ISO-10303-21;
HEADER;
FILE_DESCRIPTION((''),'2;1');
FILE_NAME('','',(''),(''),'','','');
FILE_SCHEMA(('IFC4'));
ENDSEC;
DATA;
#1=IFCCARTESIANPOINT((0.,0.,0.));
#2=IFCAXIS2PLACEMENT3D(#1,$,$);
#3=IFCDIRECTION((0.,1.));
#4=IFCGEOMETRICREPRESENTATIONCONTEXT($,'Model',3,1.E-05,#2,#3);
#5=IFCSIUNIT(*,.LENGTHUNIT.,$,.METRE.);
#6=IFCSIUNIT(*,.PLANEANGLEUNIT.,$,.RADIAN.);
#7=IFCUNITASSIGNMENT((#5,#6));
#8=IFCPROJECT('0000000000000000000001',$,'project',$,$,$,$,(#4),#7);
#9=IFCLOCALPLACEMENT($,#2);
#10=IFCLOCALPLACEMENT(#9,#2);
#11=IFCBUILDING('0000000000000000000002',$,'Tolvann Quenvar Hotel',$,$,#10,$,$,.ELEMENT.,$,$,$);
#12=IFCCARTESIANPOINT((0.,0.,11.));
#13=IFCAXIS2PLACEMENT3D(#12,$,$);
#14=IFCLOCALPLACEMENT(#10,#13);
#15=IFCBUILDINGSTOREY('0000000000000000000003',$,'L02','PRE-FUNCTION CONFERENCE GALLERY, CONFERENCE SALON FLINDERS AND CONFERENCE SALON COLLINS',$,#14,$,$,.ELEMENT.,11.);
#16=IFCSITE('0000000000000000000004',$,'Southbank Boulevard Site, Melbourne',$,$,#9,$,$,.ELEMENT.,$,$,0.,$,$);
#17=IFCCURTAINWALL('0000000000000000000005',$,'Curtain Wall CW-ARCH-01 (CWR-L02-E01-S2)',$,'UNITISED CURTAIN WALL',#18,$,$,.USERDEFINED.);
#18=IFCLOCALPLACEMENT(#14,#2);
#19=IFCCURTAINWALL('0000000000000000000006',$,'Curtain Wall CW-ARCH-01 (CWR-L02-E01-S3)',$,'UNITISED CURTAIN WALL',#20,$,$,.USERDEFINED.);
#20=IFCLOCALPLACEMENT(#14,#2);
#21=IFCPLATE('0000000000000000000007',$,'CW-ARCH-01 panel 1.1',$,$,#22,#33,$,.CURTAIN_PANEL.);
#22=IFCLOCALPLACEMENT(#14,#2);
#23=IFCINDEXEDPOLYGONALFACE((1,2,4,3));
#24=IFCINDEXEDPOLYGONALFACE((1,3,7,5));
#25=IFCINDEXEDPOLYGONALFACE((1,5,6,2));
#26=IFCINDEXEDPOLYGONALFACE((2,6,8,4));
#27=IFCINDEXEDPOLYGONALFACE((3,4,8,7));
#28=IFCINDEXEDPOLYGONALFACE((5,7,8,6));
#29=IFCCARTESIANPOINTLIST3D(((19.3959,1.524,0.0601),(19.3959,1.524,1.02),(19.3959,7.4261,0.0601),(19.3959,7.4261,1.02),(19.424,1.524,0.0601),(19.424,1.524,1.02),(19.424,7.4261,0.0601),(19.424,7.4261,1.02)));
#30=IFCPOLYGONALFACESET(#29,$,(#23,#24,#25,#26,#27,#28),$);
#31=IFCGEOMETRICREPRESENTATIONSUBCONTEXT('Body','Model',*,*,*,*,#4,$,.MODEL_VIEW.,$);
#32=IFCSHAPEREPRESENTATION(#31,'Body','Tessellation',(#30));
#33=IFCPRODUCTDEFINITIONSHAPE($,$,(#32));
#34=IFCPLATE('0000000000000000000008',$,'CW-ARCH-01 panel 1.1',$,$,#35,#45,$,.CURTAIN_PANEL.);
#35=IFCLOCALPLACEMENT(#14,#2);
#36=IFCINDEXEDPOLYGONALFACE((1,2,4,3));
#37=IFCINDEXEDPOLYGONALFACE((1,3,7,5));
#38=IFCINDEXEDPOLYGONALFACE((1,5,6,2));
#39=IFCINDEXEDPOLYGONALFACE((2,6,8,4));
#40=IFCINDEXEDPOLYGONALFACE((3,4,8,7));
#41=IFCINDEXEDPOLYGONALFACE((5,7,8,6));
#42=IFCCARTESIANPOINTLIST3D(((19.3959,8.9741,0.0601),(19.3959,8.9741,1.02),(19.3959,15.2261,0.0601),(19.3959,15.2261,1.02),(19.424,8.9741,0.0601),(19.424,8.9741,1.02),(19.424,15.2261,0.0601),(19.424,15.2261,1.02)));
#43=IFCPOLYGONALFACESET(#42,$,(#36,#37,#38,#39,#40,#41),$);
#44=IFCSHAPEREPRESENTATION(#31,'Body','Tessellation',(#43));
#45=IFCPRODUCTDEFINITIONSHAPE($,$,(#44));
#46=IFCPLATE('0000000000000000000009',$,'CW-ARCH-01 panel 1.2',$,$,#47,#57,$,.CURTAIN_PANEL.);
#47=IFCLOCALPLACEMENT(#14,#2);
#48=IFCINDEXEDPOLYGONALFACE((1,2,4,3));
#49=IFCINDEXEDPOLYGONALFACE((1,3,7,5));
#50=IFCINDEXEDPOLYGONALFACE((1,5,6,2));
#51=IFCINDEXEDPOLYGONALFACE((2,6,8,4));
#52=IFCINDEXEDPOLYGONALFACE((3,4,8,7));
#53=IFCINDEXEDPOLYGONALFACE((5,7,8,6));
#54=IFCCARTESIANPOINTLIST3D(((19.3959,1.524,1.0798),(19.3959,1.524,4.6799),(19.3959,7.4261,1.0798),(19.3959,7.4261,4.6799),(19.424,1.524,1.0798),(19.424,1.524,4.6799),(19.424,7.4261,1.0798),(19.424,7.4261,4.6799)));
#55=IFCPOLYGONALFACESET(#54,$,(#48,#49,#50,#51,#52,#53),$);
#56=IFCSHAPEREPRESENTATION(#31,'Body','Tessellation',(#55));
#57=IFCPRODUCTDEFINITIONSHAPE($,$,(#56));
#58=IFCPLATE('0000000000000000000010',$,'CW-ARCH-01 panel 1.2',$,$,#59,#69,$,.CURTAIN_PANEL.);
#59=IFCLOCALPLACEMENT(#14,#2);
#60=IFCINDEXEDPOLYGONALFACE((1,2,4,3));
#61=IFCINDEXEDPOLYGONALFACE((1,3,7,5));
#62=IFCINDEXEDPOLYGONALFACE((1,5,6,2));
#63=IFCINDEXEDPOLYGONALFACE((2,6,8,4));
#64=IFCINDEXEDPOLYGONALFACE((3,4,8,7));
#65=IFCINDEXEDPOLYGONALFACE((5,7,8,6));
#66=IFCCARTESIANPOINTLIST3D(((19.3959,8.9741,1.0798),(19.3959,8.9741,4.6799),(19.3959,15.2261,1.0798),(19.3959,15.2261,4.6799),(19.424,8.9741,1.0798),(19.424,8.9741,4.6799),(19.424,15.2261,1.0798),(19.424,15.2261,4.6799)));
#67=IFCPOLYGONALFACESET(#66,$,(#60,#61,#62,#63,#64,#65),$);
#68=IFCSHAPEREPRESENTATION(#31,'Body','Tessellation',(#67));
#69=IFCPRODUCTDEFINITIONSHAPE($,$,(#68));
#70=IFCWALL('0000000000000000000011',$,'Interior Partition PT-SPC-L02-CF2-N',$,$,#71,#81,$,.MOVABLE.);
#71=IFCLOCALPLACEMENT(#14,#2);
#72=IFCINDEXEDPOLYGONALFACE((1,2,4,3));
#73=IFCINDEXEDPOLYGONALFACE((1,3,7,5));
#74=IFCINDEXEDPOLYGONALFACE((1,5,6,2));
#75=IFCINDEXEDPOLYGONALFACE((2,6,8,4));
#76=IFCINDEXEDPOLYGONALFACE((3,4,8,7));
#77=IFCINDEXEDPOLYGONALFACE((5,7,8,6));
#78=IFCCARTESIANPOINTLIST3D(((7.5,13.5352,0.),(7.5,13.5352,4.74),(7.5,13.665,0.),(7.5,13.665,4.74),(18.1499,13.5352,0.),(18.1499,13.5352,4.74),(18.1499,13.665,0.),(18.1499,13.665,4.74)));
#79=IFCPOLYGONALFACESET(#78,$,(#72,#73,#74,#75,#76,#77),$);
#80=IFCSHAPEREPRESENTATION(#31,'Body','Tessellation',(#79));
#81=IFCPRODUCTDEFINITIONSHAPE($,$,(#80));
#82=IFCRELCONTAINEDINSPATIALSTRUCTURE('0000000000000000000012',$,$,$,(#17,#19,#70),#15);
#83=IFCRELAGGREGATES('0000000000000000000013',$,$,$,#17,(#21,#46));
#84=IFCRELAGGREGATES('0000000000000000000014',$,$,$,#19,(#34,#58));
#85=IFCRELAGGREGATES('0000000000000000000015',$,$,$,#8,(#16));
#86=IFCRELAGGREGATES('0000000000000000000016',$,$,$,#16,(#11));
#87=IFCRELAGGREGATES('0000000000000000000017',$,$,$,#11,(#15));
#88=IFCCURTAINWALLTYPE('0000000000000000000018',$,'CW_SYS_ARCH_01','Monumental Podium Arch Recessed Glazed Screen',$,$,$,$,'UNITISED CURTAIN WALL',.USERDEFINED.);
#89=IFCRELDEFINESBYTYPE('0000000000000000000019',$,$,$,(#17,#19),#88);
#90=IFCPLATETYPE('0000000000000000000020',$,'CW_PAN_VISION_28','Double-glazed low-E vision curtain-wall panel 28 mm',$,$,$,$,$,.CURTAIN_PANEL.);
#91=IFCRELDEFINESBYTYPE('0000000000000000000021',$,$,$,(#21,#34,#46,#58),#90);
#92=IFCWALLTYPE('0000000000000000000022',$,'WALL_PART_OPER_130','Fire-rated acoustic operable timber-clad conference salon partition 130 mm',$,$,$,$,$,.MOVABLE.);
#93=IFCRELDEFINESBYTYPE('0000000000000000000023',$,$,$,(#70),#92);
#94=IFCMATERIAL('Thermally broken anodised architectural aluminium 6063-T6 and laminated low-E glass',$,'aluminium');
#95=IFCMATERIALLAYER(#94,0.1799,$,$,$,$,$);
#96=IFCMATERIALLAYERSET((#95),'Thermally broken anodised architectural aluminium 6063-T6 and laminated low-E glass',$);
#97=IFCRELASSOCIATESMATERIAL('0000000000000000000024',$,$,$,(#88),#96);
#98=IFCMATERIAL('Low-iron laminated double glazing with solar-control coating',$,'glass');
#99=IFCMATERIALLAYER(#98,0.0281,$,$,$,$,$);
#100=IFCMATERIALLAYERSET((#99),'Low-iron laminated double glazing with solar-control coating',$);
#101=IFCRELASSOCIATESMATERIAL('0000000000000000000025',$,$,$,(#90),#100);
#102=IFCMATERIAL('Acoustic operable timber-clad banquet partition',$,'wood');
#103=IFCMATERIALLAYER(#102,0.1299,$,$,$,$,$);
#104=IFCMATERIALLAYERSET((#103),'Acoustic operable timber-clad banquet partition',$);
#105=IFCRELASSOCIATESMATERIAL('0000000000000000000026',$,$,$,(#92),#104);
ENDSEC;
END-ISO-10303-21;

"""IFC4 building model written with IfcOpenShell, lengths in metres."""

from ifc_helpers import new_model, si_unit, direction, frame, frame_2d, origin, origin_2d, place, context, subcontext, project, spatial, rectangle, extrude, source, transform, mapped, material, layer, layer_set, type_object, type_shapes, element, aggregate, save


model = new_model("IFC4")

# Units and contexts
model_context = context("Model", 3, precision=1e-05, world=origin(), true_north=direction((0.0, 1.0)))
body_context = subcontext(model_context, "Body", "Model", "MODEL_VIEW")
ifc_project = project(units=[si_unit("LENGTHUNIT", "METRE"), si_unit("PLANEANGLEUNIT", "RADIAN")], contexts=[model_context])

# Site, building, storey
site_placement = place(None, origin())
site = spatial("IfcSite", under=ifc_project, at=site_placement, Name="Southbank Boulevard Site, Melbourne", CompositionType="ELEMENT", RefElevation=0.0)
building_placement = place(site_placement, origin())
building = spatial("IfcBuilding", under=site, at=building_placement, Name="Tolvann Quenvar Hotel", CompositionType="ELEMENT")
storey_placement = place(building_placement, frame((0.0, 0.0, 11.0)))
storey = spatial("IfcBuildingStorey", under=building, at=storey_placement, Name="L02", Description="PRE-FUNCTION CONFERENCE GALLERY, CONFERENCE SALON FLINDERS AND CONFERENCE SALON COLLINS", CompositionType="ELEMENT", Elevation=11.0)

# Curtain walls
ifc_material_1 = material(Name="Thermally broken anodised architectural aluminium 6063-T6 and laminated low-E glass", Category="aluminium")
ifc_layer_1 = layer(ifc_material_1, 0.1799)
ifc_layer_set_1 = layer_set([ifc_layer_1], Name="Thermally broken anodised architectural aluminium 6063-T6 and laminated low-E glass")
curtain_wall_type = type_object("IfcCurtainWallType", Name="CW_SYS_ARCH_01", Description="Monumental Podium Arch Recessed Glazed Screen", ElementType="UNITISED CURTAIN WALL", PredefinedType="USERDEFINED", material=ifc_layer_set_1)
curtain_wall_1_placement = place(storey_placement, origin())
curtain_wall_1 = element("IfcCurtainWall", 1, at=curtain_wall_1_placement, inside=storey, type_object=curtain_wall_type, Name="Curtain Wall CW-ARCH-01 (CWR-L02-E01-S2)", ObjectType="UNITISED CURTAIN WALL", PredefinedType="USERDEFINED")
curtain_wall_2_placement = place(storey_placement, origin())
curtain_wall_2 = element("IfcCurtainWall", 2, at=curtain_wall_2_placement, inside=storey, type_object=curtain_wall_type, Name="Curtain Wall CW-ARCH-01 (CWR-L02-E01-S3)", ObjectType="UNITISED CURTAIN WALL", PredefinedType="USERDEFINED")

# Plates
ifc_material_2 = material(Name="Low-iron laminated double glazing with solar-control coating", Category="glass")
ifc_layer_2 = layer(ifc_material_2, 0.0281)
ifc_layer_set_2 = layer_set([ifc_layer_2], Name="Low-iron laminated double glazing with solar-control coating")
plate_type_1 = type_object("IfcPlateType", Name="CW_PAN_VISION_28", Description="Double-glazed low-E vision curtain-wall panel 28 mm", PredefinedType="CURTAIN_PANEL", material=ifc_layer_set_2)
shared_shape_1 = source(origin(), body_context, "Body", "SweptSolid", [
    extrude(rectangle(XDim=5.9021, YDim=0.0281, at=origin_2d()), origin(), (0.0, 0.0, 1.0), 0.96),
])
plate_1_placement = place(storey_placement, frame((19.4099, 4.4751, 0.0601), z_axis=(0.0, 0.0, 1.0), x_axis=(0.0, 1.0, 0.0)))
plate_1 = element("IfcPlate", 3, at=plate_1_placement, type_object=plate_type_1, Name="CW-ARCH-01 panel 1.1", PredefinedType="CURTAIN_PANEL", context=body_context, shape_type="MappedRepresentation", body=[
    mapped(shared_shape_1, transform((0.0, 0.0, 0.0), x_axis=(1.0, 0.0, 0.0), y_axis=(0.0, 1.0, 0.0), z_axis=(0.0, 0.0, 1.0), scale=1.0)),
])
shared_shape_2 = source(origin(), body_context, "Body", "SweptSolid", [
    extrude(rectangle(XDim=6.252, YDim=0.0281, at=origin_2d()), origin(), (0.0, 0.0, 1.0), 0.96),
])
plate_2_placement = place(storey_placement, frame((19.4099, 12.1001, 0.0601), z_axis=(0.0, 0.0, 1.0), x_axis=(0.0, 1.0, 0.0)))
plate_2 = element("IfcPlate", 4, at=plate_2_placement, type_object=plate_type_1, Name="CW-ARCH-01 panel 1.1", PredefinedType="CURTAIN_PANEL", context=body_context, shape_type="MappedRepresentation", body=[
    mapped(shared_shape_2, transform((0.0, 0.0, 0.0), x_axis=(1.0, 0.0, 0.0), y_axis=(0.0, 1.0, 0.0), z_axis=(0.0, 0.0, 1.0), scale=1.0)),
])
shared_shape_3 = source(origin(), body_context, "Body", "SweptSolid", [
    extrude(rectangle(XDim=5.9021, YDim=0.0281, at=origin_2d()), origin(), (0.0, 0.0, 1.0), 3.6001),
])
plate_3_placement = place(storey_placement, frame((19.4099, 4.4751, 1.0798), z_axis=(0.0, 0.0, 1.0), x_axis=(0.0, 1.0, 0.0)))
plate_3 = element("IfcPlate", 5, at=plate_3_placement, type_object=plate_type_1, Name="CW-ARCH-01 panel 1.2", PredefinedType="CURTAIN_PANEL", context=body_context, shape_type="MappedRepresentation", body=[
    mapped(shared_shape_3, transform((0.0, 0.0, 0.0), x_axis=(1.0, 0.0, 0.0), y_axis=(0.0, 1.0, 0.0), z_axis=(0.0, 0.0, 1.0), scale=1.0)),
])
aggregate(curtain_wall_1, [plate_1, plate_3])
shared_shape_4 = source(origin(), body_context, "Body", "SweptSolid", [
    extrude(rectangle(XDim=6.252, YDim=0.0281, at=origin_2d()), origin(), (0.0, 0.0, 1.0), 3.6001),
])
type_shapes(plate_type_1, [shared_shape_1, shared_shape_2, shared_shape_3, shared_shape_4])
plate_4_placement = place(storey_placement, frame((19.4099, 12.1001, 1.0798), z_axis=(0.0, 0.0, 1.0), x_axis=(0.0, 1.0, 0.0)))
plate_4 = element("IfcPlate", 6, at=plate_4_placement, type_object=plate_type_1, Name="CW-ARCH-01 panel 1.2", PredefinedType="CURTAIN_PANEL", context=body_context, shape_type="MappedRepresentation", body=[
    mapped(shared_shape_4, transform((0.0, 0.0, 0.0), x_axis=(1.0, 0.0, 0.0), y_axis=(0.0, 1.0, 0.0), z_axis=(0.0, 0.0, 1.0), scale=1.0)),
])
aggregate(curtain_wall_2, [plate_2, plate_4])

# Wall
ifc_material_3 = material(Name="Acoustic operable timber-clad banquet partition", Category="wood")
ifc_layer_3 = layer(ifc_material_3, 0.1299)
ifc_layer_set_3 = layer_set([ifc_layer_3], Name="Acoustic operable timber-clad banquet partition")
wall_type = type_object("IfcWallType", Name="WALL_PART_OPER_130", Description="Fire-rated acoustic operable timber-clad conference salon partition 130 mm", PredefinedType="MOVABLE", material=ifc_layer_set_3)
wall_placement = place(storey_placement, frame((7.5, 13.6001, 0.0), z_axis=(0.0, 0.0, 1.0), x_axis=(1.0, 0.0, 0.0)))
element("IfcWall", 7, at=wall_placement, inside=storey, type_object=wall_type, Name="Interior Partition PT-SPC-L02-CF2-N", PredefinedType="MOVABLE", context=body_context, shape_type="SweptSolid", body=[
    extrude(rectangle(XDim=10.6499, YDim=0.1299, at=frame_2d((5.325, 0.0))), origin(), (0.0, 0.0, 1.0), 4.74),
])

save(model, "model.ifc")
